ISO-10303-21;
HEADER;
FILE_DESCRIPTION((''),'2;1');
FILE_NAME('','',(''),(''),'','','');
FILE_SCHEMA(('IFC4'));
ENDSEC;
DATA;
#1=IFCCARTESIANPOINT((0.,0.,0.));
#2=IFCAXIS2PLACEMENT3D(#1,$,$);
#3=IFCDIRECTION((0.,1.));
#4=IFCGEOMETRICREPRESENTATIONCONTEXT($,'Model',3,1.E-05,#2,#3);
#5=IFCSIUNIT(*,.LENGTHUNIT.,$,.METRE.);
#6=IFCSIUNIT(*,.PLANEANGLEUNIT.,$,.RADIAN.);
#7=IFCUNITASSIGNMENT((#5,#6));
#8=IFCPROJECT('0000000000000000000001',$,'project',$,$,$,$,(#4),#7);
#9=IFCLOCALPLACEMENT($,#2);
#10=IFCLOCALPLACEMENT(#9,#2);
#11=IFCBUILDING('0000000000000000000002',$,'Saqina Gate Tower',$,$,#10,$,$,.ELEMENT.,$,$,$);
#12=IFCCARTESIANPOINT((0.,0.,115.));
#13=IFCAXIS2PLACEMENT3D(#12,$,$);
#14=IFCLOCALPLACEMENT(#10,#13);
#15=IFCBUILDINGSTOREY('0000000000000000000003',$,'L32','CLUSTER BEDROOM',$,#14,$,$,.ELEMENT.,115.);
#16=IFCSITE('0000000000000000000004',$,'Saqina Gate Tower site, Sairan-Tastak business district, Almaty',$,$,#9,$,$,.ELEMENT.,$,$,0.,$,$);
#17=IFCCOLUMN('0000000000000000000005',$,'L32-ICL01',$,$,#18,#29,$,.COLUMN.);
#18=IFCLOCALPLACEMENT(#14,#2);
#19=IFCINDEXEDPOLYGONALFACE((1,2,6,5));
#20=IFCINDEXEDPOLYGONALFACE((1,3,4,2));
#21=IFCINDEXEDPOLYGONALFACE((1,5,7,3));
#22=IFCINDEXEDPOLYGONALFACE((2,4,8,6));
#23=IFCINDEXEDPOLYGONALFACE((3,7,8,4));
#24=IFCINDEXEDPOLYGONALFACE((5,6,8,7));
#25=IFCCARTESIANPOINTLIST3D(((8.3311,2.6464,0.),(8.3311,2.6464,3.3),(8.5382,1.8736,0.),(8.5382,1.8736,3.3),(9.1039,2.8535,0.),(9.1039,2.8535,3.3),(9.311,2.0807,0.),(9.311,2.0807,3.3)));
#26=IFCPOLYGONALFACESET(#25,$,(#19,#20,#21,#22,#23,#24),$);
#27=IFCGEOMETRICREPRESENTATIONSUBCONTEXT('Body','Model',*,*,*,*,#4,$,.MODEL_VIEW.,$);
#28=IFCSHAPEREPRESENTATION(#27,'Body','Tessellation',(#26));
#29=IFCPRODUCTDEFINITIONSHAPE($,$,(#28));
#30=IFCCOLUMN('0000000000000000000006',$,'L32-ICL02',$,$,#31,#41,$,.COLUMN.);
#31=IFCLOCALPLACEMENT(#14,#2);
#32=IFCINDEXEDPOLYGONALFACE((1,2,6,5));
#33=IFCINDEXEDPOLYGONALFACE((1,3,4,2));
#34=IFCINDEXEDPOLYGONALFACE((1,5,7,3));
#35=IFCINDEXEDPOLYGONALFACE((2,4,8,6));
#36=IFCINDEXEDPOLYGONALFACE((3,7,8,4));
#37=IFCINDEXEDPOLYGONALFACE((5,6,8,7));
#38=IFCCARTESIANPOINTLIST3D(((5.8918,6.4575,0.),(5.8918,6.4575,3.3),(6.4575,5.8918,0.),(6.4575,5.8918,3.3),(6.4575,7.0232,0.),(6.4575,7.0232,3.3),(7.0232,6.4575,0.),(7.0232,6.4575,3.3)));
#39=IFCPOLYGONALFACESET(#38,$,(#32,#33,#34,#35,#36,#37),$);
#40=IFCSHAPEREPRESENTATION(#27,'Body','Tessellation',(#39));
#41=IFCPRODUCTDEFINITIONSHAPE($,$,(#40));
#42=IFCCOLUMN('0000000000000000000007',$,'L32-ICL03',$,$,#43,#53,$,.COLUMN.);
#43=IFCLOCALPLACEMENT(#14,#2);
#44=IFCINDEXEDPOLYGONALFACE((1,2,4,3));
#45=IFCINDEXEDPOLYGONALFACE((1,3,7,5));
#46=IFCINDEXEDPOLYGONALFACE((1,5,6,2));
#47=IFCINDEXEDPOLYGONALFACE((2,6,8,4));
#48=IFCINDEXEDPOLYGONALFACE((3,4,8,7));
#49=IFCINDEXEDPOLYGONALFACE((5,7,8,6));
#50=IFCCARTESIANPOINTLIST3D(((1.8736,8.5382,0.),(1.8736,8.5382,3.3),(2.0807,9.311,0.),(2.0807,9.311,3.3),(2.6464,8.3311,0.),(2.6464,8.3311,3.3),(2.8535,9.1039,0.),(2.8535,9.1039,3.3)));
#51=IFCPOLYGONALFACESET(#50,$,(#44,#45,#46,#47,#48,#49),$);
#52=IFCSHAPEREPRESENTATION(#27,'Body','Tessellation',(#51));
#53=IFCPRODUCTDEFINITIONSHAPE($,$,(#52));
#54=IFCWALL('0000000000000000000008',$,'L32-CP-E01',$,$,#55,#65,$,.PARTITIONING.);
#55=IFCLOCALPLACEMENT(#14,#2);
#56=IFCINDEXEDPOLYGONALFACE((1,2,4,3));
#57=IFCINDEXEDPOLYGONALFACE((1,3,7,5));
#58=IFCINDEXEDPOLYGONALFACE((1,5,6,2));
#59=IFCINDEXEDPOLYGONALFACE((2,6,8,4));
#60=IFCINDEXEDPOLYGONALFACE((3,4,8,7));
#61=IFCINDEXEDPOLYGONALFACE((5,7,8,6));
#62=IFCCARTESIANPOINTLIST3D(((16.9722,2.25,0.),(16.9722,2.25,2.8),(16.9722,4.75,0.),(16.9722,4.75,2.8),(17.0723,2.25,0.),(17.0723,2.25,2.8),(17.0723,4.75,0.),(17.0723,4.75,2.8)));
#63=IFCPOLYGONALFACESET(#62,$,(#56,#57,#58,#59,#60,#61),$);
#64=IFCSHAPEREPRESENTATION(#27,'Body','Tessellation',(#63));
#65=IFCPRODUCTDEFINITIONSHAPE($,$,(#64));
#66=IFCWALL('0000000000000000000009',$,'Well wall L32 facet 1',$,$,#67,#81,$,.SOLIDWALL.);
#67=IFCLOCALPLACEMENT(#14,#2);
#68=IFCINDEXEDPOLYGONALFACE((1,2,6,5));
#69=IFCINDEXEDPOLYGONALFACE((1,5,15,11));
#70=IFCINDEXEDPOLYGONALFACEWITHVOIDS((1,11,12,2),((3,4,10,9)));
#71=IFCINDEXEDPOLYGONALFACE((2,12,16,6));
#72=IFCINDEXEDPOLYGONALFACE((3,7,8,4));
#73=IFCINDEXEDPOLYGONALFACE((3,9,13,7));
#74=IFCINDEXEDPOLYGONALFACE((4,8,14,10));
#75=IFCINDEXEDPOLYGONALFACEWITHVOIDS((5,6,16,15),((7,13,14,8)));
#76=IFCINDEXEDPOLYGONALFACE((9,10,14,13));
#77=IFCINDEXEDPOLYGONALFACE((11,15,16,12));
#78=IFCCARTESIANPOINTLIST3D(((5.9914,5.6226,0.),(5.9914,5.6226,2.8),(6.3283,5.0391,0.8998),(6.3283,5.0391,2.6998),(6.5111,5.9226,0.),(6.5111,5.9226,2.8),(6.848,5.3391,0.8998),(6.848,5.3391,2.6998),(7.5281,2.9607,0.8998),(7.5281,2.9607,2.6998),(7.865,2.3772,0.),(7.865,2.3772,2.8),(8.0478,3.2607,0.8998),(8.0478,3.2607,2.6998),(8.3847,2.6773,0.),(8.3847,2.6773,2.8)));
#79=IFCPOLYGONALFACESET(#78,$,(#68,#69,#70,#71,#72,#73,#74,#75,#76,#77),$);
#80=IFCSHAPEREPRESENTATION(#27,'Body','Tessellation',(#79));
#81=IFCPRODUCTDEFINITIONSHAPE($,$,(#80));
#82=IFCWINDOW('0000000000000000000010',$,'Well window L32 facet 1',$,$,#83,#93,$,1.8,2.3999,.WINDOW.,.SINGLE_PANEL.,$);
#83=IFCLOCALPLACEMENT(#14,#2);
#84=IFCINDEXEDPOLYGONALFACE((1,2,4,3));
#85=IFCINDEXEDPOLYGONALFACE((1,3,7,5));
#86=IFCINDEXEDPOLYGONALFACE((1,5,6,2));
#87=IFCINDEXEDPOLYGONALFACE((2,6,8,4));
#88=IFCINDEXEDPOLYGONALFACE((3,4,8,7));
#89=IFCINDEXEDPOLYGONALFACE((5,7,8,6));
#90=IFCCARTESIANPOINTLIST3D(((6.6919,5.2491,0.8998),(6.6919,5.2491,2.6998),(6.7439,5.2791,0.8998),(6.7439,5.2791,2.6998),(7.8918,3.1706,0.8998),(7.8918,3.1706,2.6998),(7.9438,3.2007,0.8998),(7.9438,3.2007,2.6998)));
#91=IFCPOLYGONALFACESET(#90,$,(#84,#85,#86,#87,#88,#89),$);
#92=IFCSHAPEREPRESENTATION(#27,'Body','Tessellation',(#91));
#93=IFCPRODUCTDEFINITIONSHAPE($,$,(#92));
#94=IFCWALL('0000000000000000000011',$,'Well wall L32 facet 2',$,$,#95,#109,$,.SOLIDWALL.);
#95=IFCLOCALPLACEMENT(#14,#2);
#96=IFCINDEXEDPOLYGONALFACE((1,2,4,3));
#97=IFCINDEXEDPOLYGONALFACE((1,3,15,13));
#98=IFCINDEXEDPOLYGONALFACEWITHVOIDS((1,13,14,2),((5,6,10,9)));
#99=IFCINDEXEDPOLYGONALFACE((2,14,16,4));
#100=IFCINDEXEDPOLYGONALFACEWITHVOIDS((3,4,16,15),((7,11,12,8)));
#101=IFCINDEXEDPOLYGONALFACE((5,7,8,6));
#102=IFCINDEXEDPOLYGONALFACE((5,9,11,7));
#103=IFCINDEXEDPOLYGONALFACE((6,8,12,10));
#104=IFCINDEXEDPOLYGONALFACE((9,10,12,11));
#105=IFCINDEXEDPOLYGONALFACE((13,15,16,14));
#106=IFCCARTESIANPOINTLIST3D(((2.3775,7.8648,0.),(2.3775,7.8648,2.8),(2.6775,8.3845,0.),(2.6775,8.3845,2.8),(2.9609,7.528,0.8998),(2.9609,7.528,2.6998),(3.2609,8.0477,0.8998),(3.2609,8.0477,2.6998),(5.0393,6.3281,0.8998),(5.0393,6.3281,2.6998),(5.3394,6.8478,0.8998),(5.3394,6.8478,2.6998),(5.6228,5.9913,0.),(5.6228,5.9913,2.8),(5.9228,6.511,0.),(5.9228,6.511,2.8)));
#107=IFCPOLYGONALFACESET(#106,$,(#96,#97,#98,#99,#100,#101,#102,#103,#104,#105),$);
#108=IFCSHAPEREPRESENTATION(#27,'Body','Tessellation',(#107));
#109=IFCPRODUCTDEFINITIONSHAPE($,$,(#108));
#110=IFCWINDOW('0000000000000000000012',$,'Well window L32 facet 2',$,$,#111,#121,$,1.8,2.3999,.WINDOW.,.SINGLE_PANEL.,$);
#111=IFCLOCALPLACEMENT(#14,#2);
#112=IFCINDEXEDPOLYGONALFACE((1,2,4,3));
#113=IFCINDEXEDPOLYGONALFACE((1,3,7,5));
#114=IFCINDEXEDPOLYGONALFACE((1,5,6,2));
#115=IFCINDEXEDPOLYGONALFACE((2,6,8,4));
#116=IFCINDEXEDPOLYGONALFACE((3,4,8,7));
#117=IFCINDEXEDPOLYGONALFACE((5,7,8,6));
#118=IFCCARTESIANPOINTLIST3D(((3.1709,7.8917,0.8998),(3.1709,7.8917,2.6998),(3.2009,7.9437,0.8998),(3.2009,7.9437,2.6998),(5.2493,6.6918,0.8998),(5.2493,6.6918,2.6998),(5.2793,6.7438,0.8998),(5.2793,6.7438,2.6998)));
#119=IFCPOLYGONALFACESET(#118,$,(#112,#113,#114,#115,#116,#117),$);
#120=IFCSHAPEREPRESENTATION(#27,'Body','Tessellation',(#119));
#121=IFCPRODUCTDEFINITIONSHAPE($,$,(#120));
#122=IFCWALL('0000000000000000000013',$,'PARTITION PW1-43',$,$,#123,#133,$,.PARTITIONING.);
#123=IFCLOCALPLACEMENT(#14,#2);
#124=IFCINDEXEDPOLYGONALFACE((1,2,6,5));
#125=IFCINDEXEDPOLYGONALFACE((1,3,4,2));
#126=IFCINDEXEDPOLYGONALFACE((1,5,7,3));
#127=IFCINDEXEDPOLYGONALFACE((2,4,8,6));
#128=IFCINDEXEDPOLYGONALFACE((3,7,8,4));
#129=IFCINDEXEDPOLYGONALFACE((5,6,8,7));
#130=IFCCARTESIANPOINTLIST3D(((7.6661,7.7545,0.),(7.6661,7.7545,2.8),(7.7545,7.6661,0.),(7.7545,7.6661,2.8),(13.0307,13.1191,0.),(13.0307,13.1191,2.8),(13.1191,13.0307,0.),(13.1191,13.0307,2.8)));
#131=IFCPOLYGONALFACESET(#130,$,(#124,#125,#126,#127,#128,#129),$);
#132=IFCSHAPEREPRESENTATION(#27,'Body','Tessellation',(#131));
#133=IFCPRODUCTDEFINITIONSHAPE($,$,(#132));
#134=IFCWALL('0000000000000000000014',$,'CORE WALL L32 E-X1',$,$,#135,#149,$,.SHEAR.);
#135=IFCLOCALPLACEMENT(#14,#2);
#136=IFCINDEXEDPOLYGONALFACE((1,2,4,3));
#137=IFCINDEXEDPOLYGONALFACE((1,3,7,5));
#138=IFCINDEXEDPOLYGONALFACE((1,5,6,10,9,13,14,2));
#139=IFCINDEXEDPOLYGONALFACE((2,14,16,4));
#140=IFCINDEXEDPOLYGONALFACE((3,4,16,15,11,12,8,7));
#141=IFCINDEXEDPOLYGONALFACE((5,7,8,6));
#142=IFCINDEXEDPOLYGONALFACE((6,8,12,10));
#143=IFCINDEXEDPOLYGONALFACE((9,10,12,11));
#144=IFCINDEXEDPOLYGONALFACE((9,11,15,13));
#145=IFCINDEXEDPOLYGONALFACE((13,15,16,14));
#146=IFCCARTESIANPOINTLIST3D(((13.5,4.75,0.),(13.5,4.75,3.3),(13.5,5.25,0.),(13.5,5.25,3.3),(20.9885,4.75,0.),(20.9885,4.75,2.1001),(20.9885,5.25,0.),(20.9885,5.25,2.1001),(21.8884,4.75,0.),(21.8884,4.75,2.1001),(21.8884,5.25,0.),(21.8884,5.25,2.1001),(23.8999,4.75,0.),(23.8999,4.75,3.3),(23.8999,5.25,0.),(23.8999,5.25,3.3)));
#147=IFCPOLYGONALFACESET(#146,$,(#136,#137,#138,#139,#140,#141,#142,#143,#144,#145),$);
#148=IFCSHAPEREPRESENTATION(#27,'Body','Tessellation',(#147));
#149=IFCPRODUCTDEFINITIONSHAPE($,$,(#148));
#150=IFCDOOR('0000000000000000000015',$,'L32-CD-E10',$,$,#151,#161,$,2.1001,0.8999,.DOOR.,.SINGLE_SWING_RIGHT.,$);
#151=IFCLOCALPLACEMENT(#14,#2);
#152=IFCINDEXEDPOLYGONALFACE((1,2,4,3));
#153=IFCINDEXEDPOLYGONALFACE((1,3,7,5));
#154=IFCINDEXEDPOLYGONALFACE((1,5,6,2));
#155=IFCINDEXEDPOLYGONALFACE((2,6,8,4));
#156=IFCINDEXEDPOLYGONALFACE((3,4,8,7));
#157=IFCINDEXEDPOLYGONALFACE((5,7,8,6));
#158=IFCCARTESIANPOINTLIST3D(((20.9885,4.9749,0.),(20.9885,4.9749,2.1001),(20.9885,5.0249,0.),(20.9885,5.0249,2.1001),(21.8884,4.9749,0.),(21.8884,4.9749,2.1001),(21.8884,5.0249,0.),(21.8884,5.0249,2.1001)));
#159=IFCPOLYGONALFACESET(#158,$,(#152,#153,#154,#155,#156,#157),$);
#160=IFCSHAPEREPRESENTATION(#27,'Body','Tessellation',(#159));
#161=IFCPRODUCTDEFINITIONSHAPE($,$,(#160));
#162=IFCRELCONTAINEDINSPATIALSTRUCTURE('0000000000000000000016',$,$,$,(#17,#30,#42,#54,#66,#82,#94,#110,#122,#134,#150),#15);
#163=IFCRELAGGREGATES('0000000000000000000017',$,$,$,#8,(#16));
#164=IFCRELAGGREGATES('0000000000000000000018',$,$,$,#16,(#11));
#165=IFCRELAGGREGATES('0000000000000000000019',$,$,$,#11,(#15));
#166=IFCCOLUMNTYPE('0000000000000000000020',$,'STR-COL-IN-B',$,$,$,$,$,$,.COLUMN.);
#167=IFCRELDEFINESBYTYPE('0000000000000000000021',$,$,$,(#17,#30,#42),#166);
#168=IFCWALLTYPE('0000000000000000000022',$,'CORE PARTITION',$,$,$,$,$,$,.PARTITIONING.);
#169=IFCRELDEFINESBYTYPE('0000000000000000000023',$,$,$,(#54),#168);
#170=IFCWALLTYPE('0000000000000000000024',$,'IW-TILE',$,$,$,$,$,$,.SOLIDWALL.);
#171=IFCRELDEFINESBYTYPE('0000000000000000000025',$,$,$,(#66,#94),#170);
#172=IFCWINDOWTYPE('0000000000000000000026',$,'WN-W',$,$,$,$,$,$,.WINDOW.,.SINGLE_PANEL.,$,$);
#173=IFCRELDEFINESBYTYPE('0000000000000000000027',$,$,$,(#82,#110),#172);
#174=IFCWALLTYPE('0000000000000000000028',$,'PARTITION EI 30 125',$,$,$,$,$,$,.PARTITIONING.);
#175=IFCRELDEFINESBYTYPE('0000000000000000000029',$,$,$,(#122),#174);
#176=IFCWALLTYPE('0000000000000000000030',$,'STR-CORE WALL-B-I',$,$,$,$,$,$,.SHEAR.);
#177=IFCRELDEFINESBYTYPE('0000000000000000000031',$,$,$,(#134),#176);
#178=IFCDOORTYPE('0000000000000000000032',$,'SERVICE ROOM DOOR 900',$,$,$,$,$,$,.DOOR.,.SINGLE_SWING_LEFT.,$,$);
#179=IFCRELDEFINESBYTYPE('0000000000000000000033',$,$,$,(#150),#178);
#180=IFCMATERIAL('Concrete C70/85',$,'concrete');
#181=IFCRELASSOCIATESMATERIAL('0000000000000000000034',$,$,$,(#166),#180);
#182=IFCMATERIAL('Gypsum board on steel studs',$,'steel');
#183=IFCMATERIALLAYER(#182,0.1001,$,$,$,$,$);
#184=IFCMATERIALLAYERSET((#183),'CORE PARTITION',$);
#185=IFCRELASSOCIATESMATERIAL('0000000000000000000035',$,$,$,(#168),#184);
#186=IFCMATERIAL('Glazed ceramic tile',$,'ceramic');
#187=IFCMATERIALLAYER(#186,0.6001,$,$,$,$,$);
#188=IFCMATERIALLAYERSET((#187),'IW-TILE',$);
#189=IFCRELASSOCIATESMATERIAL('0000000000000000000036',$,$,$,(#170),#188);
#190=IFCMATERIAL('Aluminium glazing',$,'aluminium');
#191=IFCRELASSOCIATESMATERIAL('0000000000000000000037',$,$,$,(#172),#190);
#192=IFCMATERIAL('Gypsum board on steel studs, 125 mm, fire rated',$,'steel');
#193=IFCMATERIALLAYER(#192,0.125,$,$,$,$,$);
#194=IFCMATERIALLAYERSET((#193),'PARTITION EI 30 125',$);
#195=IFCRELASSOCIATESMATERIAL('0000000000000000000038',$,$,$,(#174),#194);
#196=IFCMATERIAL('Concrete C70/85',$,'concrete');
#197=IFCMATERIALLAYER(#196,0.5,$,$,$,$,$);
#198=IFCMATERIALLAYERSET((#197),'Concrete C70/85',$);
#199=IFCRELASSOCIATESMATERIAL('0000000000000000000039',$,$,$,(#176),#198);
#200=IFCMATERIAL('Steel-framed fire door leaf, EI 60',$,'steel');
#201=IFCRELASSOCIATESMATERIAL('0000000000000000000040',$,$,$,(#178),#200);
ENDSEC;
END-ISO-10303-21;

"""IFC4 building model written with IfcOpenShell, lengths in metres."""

from ifc_helpers import new_model, si_unit, direction, frame, frame_2d, origin, origin_2d, place, context, subcontext, project, spatial, rectangle, extrude, material, layer, layer_set, material_profile, profile_set, type_object, element, fill, save


model = new_model("IFC4")

# Units and contexts
model_context = context("Model", 3, precision=1e-05, world=origin(), true_north=direction((0.0, 1.0)))
body_context = subcontext(model_context, "Body", "Model", "MODEL_VIEW")
ifc_project = project(units=[si_unit("LENGTHUNIT", "METRE"), si_unit("PLANEANGLEUNIT", "RADIAN")], contexts=[model_context])

# Site, building, storey
site_placement = place(None, origin())
site = spatial("IfcSite", under=ifc_project, at=site_placement, Name="Saqina Gate Tower site, Sairan-Tastak business district, Almaty", CompositionType="ELEMENT", RefElevation=0.0)
building_placement = place(site_placement, origin())
building = spatial("IfcBuilding", under=site, at=building_placement, Name="Saqina Gate Tower", CompositionType="ELEMENT")
storey_placement = place(building_placement, frame((0.0, 0.0, 115.0)))
storey = spatial("IfcBuildingStorey", under=building, at=storey_placement, Name="L32", Description="CLUSTER BEDROOM", CompositionType="ELEMENT", Elevation=115.0)

# Columns
ifc_material_1 = material(Name="Concrete C70/85", Category="concrete")
ifc_material_profile = material_profile(ifc_material_1, rectangle(XDim=0.8, YDim=0.8, at=origin_2d()), Name="RC 800x800")
ifc_profile_set = profile_set([ifc_material_profile], Name="Concrete C70/85")
column_type = type_object("IfcColumnType", Name="STR-COL-IN-B", PredefinedType="COLUMN", material=ifc_profile_set)
for number, where, z_axis, x_axis, name in (
    (1, (8.821, 2.3635, 0.0), (0.0, 0.0, 1.0), (0.965926, 0.258819, 0.0), "L32-ICL01"),
    (2, (6.4575, 6.4575, 0.0), (0.0, 0.0, 1.0), (0.707107, 0.707107, 0.0), "L32-ICL02"),
    (3, (2.3635, 8.821, 0.0), (0.0, 0.0, 1.0), (0.258819, 0.965926, 0.0), "L32-ICL03"),
):
    element("IfcColumn", number, at=place(storey_placement, frame(where, z_axis=z_axis, x_axis=x_axis)), inside=storey, type_object=column_type, Name=name, PredefinedType="COLUMN", context=body_context, shape_type="SweptSolid", body=[
        extrude(rectangle(XDim=0.8, YDim=0.8, at=origin_2d()), origin(), (0.0, 0.0, 1.0), 3.3),
    ])

# Wall
ifc_material_2 = material(Name="Gypsum board on steel studs", Category="steel")
ifc_layer_1 = layer(ifc_material_2, 0.1001)
ifc_layer_set_1 = layer_set([ifc_layer_1], Name="CORE PARTITION")
wall_type_1 = type_object("IfcWallType", Name="CORE PARTITION", PredefinedType="PARTITIONING", material=ifc_layer_set_1)
wall_1_placement = place(storey_placement, frame((17.0222, 2.25, 0.0), z_axis=(0.0, 0.0, 1.0), x_axis=(0.0, 1.0, 0.0)))
element("IfcWall", 4, at=wall_1_placement, inside=storey, type_object=wall_type_1, Name="L32-CP-E01", PredefinedType="PARTITIONING", context=body_context, shape_type="SweptSolid", body=[
    extrude(rectangle(XDim=2.5, YDim=0.1001, at=frame_2d((1.25, 0.0))), origin(), (0.0, 0.0, 1.0), 2.8),
])

# Walls, openings, windows
ifc_material_3 = material(Name="Glazed ceramic tile", Category="ceramic")
ifc_layer_2 = layer(ifc_material_3, 0.6001)
ifc_layer_set_2 = layer_set([ifc_layer_2], Name="IW-TILE")
wall_type_2 = type_object("IfcWallType", Name="IW-TILE", PredefinedType="SOLIDWALL", material=ifc_layer_set_2)
wall_2_placement = place(storey_placement, frame((8.1248, 2.5273, 0.0), z_axis=(0.0, 0.0, 1.0), x_axis=(-0.499965, 0.866046, 0.0)))
wall_2 = element("IfcWall", 5, at=wall_2_placement, inside=storey, type_object=wall_type_2, Name="Well wall L32 facet 1", PredefinedType="SOLIDWALL", context=body_context, shape_type="SweptSolid", body=[
    extrude(rectangle(XDim=3.7473, YDim=0.6001, at=frame_2d((1.8735, 0.0))), origin(), (0.0, 0.0, 1.0), 2.8),
])
opening_1_placement = place(wall_2_placement, frame((0.6736, 0.0, 0.8999)))
opening_1 = element("IfcOpeningElement", 6, at=opening_1_placement, cuts=wall_2, PredefinedType="OPENING", context=body_context, shape_type="SweptSolid", body=[
    extrude(rectangle(XDim=2.3999, YDim=1.8, at=frame_2d((1.2, 0.8999))), frame((0.0, 0.312, 0.0), z_axis=(0.0, -1.0, 0.0), x_axis=(1.0, 0.0, 0.0)), (0.0, 0.0, 1.0), 0.624),
])
ifc_material_4 = material(Name="Aluminium glazing", Category="aluminium")
window_type = type_object("IfcWindowType", Name="WN-W", PartitioningType="SINGLE_PANEL", PredefinedType="WINDOW", material=ifc_material_4)
window_1_placement = place(opening_1_placement, origin())
window_1 = element("IfcWindow", 7, at=window_1_placement, inside=storey, type_object=window_type, Name="Well window L32 facet 1", OverallHeight=1.8, OverallWidth=2.3999, PartitioningType="SINGLE_PANEL", PredefinedType="WINDOW", context=body_context, shape_type="SweptSolid", body=[
    extrude(rectangle(XDim=2.3999, YDim=1.8, at=frame_2d((1.2, 0.8999))), frame((0.0, -0.1199, 0.0), z_axis=(0.0, -1.0, 0.0), x_axis=(1.0, 0.0, 0.0)), (0.0, 0.0, 1.0), 0.0601),
])
fill(opening_1, window_1)
wall_3_placement = place(storey_placement, frame((5.7727, 6.2512, 0.0), z_axis=(0.0, 0.0, 1.0), x_axis=(-0.866046, 0.499965, 0.0)))
wall_3 = element("IfcWall", 8, at=wall_3_placement, inside=storey, type_object=wall_type_2, Name="Well wall L32 facet 2", PredefinedType="SOLIDWALL", context=body_context, shape_type="SweptSolid", body=[
    extrude(rectangle(XDim=3.7473, YDim=0.6001, at=frame_2d((1.8735, 0.0))), origin(), (0.0, 0.0, 1.0), 2.8),
])
opening_2_placement = place(wall_3_placement, frame((0.6736, 0.0, 0.8999)))
opening_2 = element("IfcOpeningElement", 9, at=opening_2_placement, cuts=wall_3, PredefinedType="OPENING", context=body_context, shape_type="SweptSolid", body=[
    extrude(rectangle(XDim=2.3999, YDim=1.8, at=frame_2d((1.2, 0.8999))), frame((0.0, 0.312, 0.0), z_axis=(0.0, -1.0, 0.0), x_axis=(1.0, 0.0, 0.0)), (0.0, 0.0, 1.0), 0.624),
])
window_2_placement = place(opening_2_placement, origin())
window_2 = element("IfcWindow", 10, at=window_2_placement, inside=storey, type_object=window_type, Name="Well window L32 facet 2", OverallHeight=1.8, OverallWidth=2.3999, PartitioningType="SINGLE_PANEL", PredefinedType="WINDOW", context=body_context, shape_type="SweptSolid", body=[
    extrude(rectangle(XDim=2.3999, YDim=1.8, at=frame_2d((1.2, 0.8999))), frame((0.0, -0.1199, 0.0), z_axis=(0.0, -1.0, 0.0), x_axis=(1.0, 0.0, 0.0)), (0.0, 0.0, 1.0), 0.0601),
])
fill(opening_2, window_2)

# Wall
ifc_material_5 = material(Name="Gypsum board on steel studs, 125 mm, fire rated", Category="steel")
ifc_layer_3 = layer(ifc_material_5, 0.125)
ifc_layer_set_3 = layer_set([ifc_layer_3], Name="PARTITION EI 30 125")
wall_type_3 = type_object("IfcWallType", Name="PARTITION EI 30 125", PredefinedType="PARTITIONING", material=ifc_layer_set_3)
wall_4_placement = place(storey_placement, frame((7.7102, 7.7102, 0.0), z_axis=(0.0, 0.0, 1.0), x_axis=(0.707107, 0.707107, 0.0)))
element("IfcWall", 11, at=wall_4_placement, inside=storey, type_object=wall_type_3, Name="PARTITION PW1-43", PredefinedType="PARTITIONING", context=body_context, shape_type="SweptSolid", body=[
    extrude(rectangle(XDim=7.5867, YDim=0.125, at=frame_2d((3.7935, 0.0))), origin(), (0.0, 0.0, 1.0), 2.8),
])

# Wall, opening, door
ifc_material_6 = material(Name="Concrete C70/85", Category="concrete")
ifc_layer_4 = layer(ifc_material_6, 0.5)
ifc_layer_set_4 = layer_set([ifc_layer_4], Name="Concrete C70/85")
wall_type_4 = type_object("IfcWallType", Name="STR-CORE WALL-B-I", PredefinedType="SHEAR", material=ifc_layer_set_4)
wall_5_placement = place(storey_placement, frame((13.5, 5.0, 0.0), z_axis=(0.0, 0.0, 1.0), x_axis=(1.0, 0.0, 0.0)))
wall_5 = element("IfcWall", 12, at=wall_5_placement, inside=storey, type_object=wall_type_4, Name="CORE WALL L32 E-X1", PredefinedType="SHEAR", context=body_context, shape_type="SweptSolid", body=[
    extrude(rectangle(XDim=10.3999, YDim=0.5, at=frame_2d((5.2, 0.0))), origin(), (0.0, 0.0, 1.0), 3.3),
])
opening_3_placement = place(wall_5_placement, frame((7.4885, 0.0, 0.0)))
opening_3 = element("IfcOpeningElement", 13, at=opening_3_placement, cuts=wall_5, PredefinedType="OPENING", context=body_context, shape_type="SweptSolid", body=[
    extrude(rectangle(XDim=0.8999, YDim=2.1001, at=frame_2d((0.45, 1.05))), frame((0.0, 0.262, 0.0), z_axis=(0.0, -1.0, 0.0), x_axis=(1.0, 0.0, 0.0)), (0.0, 0.0, 1.0), 0.5239),
])
ifc_material_7 = material(Name="Steel-framed fire door leaf, EI 60", Category="steel")
door_type_1 = type_object("IfcDoorType", Name="SERVICE ROOM DOOR 900", OperationType="SINGLE_SWING_LEFT", PredefinedType="DOOR", material=ifc_material_7)
door_1_placement = place(opening_3_placement, origin())
door_1 = element("IfcDoor", 14, at=door_1_placement, inside=storey, type_object=door_type_1, Name="L32-CD-E10", OperationType="SINGLE_SWING_RIGHT", OverallHeight=2.1001, OverallWidth=0.8999, PredefinedType="DOOR", context=body_context, shape_type="SweptSolid", body=[
    extrude(rectangle(XDim=0.8999, YDim=2.1001, at=frame_2d((0.45, 1.05))), frame((0.0, 0.0249, 0.0), z_axis=(0.0, -1.0, 0.0), x_axis=(1.0, 0.0, 0.0)), (0.0, 0.0, 1.0), 0.05),
])
fill(opening_3, door_1)

save(model, "model.ifc")
